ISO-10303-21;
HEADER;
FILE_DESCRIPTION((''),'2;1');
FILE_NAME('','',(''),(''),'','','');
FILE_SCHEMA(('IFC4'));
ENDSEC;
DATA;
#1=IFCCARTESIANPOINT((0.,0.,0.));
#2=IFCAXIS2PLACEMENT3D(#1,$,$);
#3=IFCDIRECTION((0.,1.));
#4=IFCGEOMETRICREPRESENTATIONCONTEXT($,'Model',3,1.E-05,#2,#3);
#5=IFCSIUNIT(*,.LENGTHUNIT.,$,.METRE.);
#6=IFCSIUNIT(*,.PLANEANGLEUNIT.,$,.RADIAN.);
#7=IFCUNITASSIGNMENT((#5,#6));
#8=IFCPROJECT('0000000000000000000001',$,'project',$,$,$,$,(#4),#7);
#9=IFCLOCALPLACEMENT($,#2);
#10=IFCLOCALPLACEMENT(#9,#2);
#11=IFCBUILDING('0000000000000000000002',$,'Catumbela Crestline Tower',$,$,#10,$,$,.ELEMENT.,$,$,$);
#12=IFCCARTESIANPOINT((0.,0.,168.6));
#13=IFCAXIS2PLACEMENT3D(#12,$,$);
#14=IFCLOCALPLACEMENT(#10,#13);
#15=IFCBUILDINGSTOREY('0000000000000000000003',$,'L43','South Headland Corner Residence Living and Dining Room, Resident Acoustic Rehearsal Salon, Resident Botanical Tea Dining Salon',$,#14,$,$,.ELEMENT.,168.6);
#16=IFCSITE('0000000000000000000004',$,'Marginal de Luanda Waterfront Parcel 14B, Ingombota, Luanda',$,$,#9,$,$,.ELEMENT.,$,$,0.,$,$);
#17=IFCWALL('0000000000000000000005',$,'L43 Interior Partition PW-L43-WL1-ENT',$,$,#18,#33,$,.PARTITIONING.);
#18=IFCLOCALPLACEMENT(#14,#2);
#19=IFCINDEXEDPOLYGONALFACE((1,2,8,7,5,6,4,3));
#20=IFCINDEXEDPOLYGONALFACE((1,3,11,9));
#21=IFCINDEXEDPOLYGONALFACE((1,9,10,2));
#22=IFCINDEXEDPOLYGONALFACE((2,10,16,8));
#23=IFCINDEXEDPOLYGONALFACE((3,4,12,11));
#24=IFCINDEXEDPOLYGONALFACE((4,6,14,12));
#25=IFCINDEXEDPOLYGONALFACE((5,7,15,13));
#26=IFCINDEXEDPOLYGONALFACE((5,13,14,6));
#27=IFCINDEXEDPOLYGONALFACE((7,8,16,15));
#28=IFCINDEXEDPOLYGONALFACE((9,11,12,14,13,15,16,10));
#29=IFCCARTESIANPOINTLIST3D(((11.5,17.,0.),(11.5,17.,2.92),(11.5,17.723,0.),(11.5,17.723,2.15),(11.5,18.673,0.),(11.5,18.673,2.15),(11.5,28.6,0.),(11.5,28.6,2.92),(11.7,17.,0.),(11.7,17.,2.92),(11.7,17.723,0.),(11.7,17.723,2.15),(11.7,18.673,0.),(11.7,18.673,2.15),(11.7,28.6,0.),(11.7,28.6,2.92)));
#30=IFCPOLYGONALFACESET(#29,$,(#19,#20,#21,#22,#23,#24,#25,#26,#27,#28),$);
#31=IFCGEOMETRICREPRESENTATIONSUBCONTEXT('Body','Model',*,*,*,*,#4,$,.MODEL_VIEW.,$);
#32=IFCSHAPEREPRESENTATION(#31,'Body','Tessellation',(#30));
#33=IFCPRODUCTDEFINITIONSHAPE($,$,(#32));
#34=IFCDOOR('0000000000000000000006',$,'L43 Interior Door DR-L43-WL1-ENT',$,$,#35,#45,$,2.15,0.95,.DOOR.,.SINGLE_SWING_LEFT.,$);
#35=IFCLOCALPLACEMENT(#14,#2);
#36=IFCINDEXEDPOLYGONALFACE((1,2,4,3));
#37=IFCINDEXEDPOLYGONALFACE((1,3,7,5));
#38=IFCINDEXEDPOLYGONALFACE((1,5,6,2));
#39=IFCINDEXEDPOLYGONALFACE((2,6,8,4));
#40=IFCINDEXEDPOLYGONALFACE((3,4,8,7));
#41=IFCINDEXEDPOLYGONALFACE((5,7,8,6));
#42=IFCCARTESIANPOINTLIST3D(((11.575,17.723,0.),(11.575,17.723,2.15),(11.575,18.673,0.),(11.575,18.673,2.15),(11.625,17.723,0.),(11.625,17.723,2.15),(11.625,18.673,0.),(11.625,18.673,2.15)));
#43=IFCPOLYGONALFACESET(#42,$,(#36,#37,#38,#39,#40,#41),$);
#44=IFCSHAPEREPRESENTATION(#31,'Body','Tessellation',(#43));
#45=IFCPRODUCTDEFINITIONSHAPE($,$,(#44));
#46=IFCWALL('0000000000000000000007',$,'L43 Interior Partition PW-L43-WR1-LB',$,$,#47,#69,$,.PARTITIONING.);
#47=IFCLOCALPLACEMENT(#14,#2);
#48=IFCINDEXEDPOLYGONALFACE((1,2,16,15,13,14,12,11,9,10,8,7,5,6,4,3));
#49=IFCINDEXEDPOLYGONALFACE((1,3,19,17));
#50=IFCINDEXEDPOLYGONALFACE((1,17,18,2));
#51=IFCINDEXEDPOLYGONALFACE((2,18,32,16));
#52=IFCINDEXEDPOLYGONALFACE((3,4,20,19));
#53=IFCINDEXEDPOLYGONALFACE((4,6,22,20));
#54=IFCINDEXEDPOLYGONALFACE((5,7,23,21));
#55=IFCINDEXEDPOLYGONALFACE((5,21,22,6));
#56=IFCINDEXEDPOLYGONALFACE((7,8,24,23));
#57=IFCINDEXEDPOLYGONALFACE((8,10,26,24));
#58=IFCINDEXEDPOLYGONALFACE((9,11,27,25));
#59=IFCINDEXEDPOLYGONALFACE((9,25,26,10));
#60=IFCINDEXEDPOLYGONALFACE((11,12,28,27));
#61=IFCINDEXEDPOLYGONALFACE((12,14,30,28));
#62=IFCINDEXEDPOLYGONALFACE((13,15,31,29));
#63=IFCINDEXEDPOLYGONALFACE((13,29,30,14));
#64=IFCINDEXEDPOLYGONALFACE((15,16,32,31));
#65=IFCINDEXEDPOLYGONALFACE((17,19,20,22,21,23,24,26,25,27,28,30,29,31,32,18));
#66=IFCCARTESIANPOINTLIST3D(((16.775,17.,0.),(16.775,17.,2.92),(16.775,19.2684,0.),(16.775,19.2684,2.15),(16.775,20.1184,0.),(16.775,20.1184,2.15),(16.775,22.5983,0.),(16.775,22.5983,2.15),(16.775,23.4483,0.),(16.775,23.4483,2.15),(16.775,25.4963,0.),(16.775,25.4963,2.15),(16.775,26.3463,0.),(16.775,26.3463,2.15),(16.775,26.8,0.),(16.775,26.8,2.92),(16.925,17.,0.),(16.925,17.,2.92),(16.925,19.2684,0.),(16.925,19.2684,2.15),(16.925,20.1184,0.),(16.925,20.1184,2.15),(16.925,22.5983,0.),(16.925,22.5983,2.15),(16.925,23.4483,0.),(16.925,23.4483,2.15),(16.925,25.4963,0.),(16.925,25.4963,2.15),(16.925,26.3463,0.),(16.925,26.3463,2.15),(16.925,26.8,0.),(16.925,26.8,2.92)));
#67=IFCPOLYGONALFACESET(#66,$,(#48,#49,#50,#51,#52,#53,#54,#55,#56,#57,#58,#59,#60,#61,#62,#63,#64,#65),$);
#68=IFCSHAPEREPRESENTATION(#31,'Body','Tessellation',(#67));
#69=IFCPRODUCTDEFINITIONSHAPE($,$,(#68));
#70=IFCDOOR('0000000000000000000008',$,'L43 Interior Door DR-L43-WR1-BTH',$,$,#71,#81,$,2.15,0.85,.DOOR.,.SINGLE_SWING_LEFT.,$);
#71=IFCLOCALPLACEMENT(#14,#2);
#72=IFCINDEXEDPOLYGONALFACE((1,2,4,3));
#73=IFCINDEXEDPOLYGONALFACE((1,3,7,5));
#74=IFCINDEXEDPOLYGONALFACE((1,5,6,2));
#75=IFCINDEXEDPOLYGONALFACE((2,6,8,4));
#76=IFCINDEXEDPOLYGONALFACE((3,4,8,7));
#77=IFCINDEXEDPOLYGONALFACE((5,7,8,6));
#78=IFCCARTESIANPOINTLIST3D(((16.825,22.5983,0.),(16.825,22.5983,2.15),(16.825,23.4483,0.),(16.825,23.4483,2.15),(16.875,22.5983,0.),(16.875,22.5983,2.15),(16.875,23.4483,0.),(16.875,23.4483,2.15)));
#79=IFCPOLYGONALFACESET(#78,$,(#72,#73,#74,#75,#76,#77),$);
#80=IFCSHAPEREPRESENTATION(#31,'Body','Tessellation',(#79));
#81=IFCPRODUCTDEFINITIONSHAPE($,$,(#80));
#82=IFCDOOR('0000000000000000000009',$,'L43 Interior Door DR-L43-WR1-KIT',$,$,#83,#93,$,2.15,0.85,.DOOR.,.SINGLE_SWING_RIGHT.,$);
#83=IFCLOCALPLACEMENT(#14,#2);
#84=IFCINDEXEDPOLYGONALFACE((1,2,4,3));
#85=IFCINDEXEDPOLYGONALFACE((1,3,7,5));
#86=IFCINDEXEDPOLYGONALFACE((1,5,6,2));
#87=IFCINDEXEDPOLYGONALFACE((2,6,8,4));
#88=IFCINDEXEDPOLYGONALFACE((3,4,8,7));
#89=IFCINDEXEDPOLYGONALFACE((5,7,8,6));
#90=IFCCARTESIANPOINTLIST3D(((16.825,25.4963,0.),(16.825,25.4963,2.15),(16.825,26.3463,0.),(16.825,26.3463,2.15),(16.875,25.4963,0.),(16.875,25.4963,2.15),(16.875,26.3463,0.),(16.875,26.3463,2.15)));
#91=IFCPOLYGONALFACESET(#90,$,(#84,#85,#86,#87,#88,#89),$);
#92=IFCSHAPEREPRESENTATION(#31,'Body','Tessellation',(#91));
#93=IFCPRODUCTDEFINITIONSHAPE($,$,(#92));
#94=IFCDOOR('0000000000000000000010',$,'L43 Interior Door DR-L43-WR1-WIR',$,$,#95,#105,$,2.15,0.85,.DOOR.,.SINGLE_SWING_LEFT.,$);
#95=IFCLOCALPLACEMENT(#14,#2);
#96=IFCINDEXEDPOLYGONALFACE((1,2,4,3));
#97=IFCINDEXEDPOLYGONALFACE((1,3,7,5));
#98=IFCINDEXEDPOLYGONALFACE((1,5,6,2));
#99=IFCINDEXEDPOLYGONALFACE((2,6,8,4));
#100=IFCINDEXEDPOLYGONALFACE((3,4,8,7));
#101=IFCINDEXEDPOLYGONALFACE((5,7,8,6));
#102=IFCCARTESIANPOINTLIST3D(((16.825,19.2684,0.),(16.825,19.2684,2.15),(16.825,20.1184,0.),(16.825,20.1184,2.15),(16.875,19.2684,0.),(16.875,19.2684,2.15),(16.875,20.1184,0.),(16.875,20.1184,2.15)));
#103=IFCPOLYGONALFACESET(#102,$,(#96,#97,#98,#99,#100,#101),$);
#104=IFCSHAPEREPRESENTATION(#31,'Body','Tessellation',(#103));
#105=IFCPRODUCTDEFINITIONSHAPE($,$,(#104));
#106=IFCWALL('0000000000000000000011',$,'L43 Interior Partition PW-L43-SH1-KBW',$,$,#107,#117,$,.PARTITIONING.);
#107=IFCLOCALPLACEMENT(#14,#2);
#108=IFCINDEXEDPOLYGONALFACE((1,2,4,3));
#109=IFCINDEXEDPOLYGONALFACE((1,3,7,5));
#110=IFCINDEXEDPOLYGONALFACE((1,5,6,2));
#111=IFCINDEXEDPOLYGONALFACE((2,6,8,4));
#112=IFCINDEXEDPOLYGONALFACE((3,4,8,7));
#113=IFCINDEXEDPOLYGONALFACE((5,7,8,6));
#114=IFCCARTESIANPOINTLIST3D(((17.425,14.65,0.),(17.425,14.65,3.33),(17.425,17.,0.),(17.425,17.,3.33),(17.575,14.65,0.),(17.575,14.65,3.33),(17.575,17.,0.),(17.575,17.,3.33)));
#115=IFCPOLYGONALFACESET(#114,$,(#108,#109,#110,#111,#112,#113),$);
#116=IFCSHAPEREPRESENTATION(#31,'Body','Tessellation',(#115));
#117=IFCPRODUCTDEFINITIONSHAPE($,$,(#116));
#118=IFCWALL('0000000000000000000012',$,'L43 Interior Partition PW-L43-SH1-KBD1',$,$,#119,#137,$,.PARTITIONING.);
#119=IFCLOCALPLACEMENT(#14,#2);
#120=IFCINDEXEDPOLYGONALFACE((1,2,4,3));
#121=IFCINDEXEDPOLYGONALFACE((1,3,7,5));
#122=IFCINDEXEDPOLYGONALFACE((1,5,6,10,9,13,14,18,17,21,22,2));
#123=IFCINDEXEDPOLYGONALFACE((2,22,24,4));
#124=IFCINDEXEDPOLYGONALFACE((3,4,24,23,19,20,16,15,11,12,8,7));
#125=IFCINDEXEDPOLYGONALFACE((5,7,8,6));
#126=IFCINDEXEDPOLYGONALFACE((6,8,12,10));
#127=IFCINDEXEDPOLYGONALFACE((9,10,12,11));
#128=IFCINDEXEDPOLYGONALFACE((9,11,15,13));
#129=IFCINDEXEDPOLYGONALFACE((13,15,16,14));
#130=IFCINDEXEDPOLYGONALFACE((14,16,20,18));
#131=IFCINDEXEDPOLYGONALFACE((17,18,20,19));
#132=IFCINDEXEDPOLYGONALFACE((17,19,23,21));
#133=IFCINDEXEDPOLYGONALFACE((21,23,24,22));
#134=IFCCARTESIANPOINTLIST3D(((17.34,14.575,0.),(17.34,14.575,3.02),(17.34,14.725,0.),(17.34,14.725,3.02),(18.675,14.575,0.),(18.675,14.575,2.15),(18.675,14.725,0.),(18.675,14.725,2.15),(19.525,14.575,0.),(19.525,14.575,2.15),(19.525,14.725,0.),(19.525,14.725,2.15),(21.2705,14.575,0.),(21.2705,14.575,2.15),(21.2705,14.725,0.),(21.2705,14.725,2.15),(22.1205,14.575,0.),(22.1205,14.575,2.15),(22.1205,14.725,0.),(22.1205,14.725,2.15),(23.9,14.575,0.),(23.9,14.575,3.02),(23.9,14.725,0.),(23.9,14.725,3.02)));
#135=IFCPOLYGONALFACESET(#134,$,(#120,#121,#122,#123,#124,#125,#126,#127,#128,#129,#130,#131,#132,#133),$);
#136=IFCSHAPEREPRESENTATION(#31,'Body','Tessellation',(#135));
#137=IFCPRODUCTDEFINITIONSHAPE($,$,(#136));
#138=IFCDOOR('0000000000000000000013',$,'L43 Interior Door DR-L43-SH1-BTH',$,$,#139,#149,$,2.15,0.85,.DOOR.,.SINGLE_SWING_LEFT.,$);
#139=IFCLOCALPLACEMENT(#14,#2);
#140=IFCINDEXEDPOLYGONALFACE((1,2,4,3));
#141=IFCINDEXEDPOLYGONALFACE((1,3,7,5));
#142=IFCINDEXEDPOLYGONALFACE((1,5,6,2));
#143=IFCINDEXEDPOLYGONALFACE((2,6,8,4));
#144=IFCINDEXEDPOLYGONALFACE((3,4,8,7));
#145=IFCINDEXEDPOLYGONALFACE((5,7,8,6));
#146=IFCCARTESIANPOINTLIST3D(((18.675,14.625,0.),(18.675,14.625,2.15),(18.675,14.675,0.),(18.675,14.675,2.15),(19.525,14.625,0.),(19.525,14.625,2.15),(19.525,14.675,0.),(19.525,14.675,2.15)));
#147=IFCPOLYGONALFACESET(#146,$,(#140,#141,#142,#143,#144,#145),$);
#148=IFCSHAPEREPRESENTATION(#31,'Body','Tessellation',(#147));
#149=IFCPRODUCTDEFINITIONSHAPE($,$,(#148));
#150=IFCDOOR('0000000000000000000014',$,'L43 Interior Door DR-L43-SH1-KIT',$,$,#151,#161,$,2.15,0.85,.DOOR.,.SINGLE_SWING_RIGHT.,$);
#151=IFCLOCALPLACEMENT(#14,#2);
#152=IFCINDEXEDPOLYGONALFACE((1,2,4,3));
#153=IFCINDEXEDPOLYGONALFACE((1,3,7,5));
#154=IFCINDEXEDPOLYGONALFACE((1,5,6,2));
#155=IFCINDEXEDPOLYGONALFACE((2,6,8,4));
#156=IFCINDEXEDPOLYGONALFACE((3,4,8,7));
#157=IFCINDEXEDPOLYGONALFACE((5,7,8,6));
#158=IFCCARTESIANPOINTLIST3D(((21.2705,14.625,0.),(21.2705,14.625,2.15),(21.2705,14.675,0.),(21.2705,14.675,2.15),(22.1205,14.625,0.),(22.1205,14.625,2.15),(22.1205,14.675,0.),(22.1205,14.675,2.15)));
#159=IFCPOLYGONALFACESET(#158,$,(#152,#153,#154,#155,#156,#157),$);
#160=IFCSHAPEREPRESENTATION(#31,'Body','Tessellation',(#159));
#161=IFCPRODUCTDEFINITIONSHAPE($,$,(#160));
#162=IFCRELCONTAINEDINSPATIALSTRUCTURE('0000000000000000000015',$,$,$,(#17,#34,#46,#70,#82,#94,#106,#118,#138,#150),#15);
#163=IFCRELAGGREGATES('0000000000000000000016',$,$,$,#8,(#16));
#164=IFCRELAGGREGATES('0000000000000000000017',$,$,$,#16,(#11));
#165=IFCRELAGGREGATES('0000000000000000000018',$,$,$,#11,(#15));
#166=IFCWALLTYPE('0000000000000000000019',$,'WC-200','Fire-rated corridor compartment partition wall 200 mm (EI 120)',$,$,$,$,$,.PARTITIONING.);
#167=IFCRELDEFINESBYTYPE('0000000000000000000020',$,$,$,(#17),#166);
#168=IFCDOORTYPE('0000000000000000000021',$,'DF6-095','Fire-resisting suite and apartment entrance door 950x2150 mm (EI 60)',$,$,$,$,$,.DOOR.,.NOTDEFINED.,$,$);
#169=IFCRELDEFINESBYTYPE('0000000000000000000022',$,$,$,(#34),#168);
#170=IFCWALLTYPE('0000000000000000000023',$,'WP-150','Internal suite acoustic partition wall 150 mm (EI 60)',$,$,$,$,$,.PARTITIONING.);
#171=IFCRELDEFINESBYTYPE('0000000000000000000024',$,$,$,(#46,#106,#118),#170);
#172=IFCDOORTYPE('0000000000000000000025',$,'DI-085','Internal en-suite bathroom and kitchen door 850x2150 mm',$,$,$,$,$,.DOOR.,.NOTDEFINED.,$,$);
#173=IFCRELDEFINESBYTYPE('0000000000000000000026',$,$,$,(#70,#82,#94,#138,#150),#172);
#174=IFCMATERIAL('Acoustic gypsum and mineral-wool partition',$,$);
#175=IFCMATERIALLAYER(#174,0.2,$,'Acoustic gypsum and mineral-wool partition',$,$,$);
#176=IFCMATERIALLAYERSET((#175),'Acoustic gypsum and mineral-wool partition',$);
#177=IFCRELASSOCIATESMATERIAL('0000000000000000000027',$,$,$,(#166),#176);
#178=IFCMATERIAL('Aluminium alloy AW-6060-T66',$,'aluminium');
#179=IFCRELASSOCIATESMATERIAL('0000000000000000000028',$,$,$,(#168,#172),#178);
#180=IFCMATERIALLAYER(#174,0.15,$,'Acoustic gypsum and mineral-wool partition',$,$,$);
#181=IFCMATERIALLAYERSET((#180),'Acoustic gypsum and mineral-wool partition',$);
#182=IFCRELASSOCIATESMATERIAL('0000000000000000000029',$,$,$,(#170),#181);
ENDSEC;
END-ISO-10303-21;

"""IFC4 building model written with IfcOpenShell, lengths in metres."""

from ifc_helpers import new_model, si_unit, direction, frame, frame_2d, origin, place, context, subcontext, project, spatial, rectangle, extrude, material, layer, layer_set, type_object, element, fill, save


model = new_model("IFC4")

# Units and contexts
model_context = context("Model", 3, precision=1e-05, world=origin(), true_north=direction((0.0, 1.0)))
body_context = subcontext(model_context, "Body", "Model", "MODEL_VIEW")
ifc_project = project(units=[si_unit("LENGTHUNIT", "METRE"), si_unit("PLANEANGLEUNIT", "RADIAN")], contexts=[model_context])

# Site, building, storey
site_placement = place(None, origin())
site = spatial("IfcSite", under=ifc_project, at=site_placement, Name="Marginal de Luanda Waterfront Parcel 14B, Ingombota, Luanda", CompositionType="ELEMENT", RefElevation=0.0)
building_placement = place(site_placement, origin())
building = spatial("IfcBuilding", under=site, at=building_placement, Name="Catumbela Crestline Tower", CompositionType="ELEMENT")
storey_placement = place(building_placement, frame((0.0, 0.0, 168.6)))
storey = spatial("IfcBuildingStorey", under=building, at=storey_placement, Name="L43", Description="South Headland Corner Residence Living and Dining Room, Resident Acoustic Rehearsal Salon, Resident Botanical Tea Dining Salon", CompositionType="ELEMENT", Elevation=168.6)

# Shared definitions
ifc_material_1 = material(Name="Acoustic gypsum and mineral-wool partition")
ifc_layer_1 = layer(ifc_material_1, 0.2, Name="Acoustic gypsum and mineral-wool partition")
ifc_layer_set_1 = layer_set([ifc_layer_1], Name="Acoustic gypsum and mineral-wool partition")
wall_type_1 = type_object("IfcWallType", Name="WC-200", Description="Fire-rated corridor compartment partition wall 200 mm (EI 120)", PredefinedType="PARTITIONING", material=ifc_layer_set_1)
ifc_material_2 = material(Name="Aluminium alloy AW-6060-T66", Category="aluminium")
door_type_1 = type_object("IfcDoorType", Name="DF6-095", Description="Fire-resisting suite and apartment entrance door 950x2150 mm (EI 60)", OperationType="NOTDEFINED", PredefinedType="DOOR", material=ifc_material_2)

# Wall, opening, door
wall_1_placement = place(storey_placement, frame((11.6, 17.0, 0.0), z_axis=(0.0, 0.0, 1.0), x_axis=(0.0, 1.0, 0.0)))
wall_1 = element("IfcWall", 1, at=wall_1_placement, inside=storey, type_object=wall_type_1, Name="L43 Interior Partition PW-L43-WL1-ENT", PredefinedType="PARTITIONING", context=body_context, shape_type="SweptSolid", body=[
    extrude(rectangle(XDim=11.6, YDim=0.2, at=frame_2d((5.8, 0.0))), origin(), (0.0, 0.0, 1.0), 2.92),
])
opening_1_placement = place(wall_1_placement, frame((0.723, 0.0, 0.0)))
opening_1 = element("IfcOpeningElement", 2, at=opening_1_placement, cuts=wall_1, PredefinedType="OPENING", context=body_context, shape_type="SweptSolid", body=[
    extrude(rectangle(XDim=0.95, YDim=2.15, at=frame_2d((0.475, 1.075))), frame((0.0, 0.11, 0.0), z_axis=(0.0, -1.0, 0.0), x_axis=(1.0, 0.0, 0.0)), (0.0, 0.0, 1.0), 0.22),
])
door_1_placement = place(opening_1_placement, origin())
door_1 = element("IfcDoor", 3, at=door_1_placement, inside=storey, type_object=door_type_1, Name="L43 Interior Door DR-L43-WL1-ENT", OperationType="SINGLE_SWING_LEFT", OverallHeight=2.15, OverallWidth=0.95, PredefinedType="DOOR", context=body_context, shape_type="SweptSolid", body=[
    extrude(rectangle(XDim=0.95, YDim=2.15, at=frame_2d((0.475, 1.075))), frame((0.0, 0.025, 0.0), z_axis=(0.0, -1.0, 0.0), x_axis=(1.0, 0.0, 0.0)), (0.0, 0.0, 1.0), 0.05),
])
fill(opening_1, door_1)

# Wall, openings, doors
ifc_layer_2 = layer(ifc_material_1, 0.15, Name="Acoustic gypsum and mineral-wool partition")
ifc_layer_set_2 = layer_set([ifc_layer_2], Name="Acoustic gypsum and mineral-wool partition")
wall_type_2 = type_object("IfcWallType", Name="WP-150", Description="Internal suite acoustic partition wall 150 mm (EI 60)", PredefinedType="PARTITIONING", material=ifc_layer_set_2)
wall_2_placement = place(storey_placement, frame((16.85, 17.0, 0.0), z_axis=(0.0, 0.0, 1.0), x_axis=(0.0, 1.0, 0.0)))
wall_2 = element("IfcWall", 4, at=wall_2_placement, inside=storey, type_object=wall_type_2, Name="L43 Interior Partition PW-L43-WR1-LB", PredefinedType="PARTITIONING", context=body_context, shape_type="SweptSolid", body=[
    extrude(rectangle(XDim=9.8, YDim=0.15, at=frame_2d((4.9, 0.0))), origin(), (0.0, 0.0, 1.0), 2.92),
])
opening_2_placement = place(wall_2_placement, frame((5.5983, 0.0, 0.0)))
opening_2 = element("IfcOpeningElement", 5, at=opening_2_placement, cuts=wall_2, PredefinedType="OPENING", context=body_context, shape_type="SweptSolid", body=[
    extrude(rectangle(XDim=0.85, YDim=2.15, at=frame_2d((0.425, 1.075))), frame((0.0, 0.085, 0.0), z_axis=(0.0, -1.0, 0.0), x_axis=(1.0, 0.0, 0.0)), (0.0, 0.0, 1.0), 0.17),
])
opening_3_placement = place(wall_2_placement, frame((8.4963, 0.0, 0.0)))
opening_3 = element("IfcOpeningElement", 6, at=opening_3_placement, cuts=wall_2, PredefinedType="OPENING", context=body_context, shape_type="SweptSolid", body=[
    extrude(rectangle(XDim=0.85, YDim=2.15, at=frame_2d((0.425, 1.075))), frame((0.0, 0.085, 0.0), z_axis=(0.0, -1.0, 0.0), x_axis=(1.0, 0.0, 0.0)), (0.0, 0.0, 1.0), 0.17),
])
opening_4_placement = place(wall_2_placement, frame((2.2684, 0.0, 0.0)))
opening_4 = element("IfcOpeningElement", 7, at=opening_4_placement, cuts=wall_2, PredefinedType="OPENING", context=body_context, shape_type="SweptSolid", body=[
    extrude(rectangle(XDim=0.85, YDim=2.15, at=frame_2d((0.425, 1.075))), frame((0.0, 0.085, 0.0), z_axis=(0.0, -1.0, 0.0), x_axis=(1.0, 0.0, 0.0)), (0.0, 0.0, 1.0), 0.17),
])
door_type_2 = type_object("IfcDoorType", Name="DI-085", Description="Internal en-suite bathroom and kitchen door 850x2150 mm", OperationType="NOTDEFINED", PredefinedType="DOOR", material=ifc_material_2)
door_2_placement = place(opening_2_placement, origin())
door_2 = element("IfcDoor", 8, at=door_2_placement, inside=storey, type_object=door_type_2, Name="L43 Interior Door DR-L43-WR1-BTH", OperationType="SINGLE_SWING_LEFT", OverallHeight=2.15, OverallWidth=0.85, PredefinedType="DOOR", context=body_context, shape_type="SweptSolid", body=[
    extrude(rectangle(XDim=0.85, YDim=2.15, at=frame_2d((0.425, 1.075))), frame((0.0, 0.025, 0.0), z_axis=(0.0, -1.0, 0.0), x_axis=(1.0, 0.0, 0.0)), (0.0, 0.0, 1.0), 0.05),
])
fill(opening_2, door_2)
door_3_placement = place(opening_3_placement, origin())
door_3 = element("IfcDoor", 9, at=door_3_placement, inside=storey, type_object=door_type_2, Name="L43 Interior Door DR-L43-WR1-KIT", OperationType="SINGLE_SWING_RIGHT", OverallHeight=2.15, OverallWidth=0.85, PredefinedType="DOOR", context=body_context, shape_type="SweptSolid", body=[
    extrude(rectangle(XDim=0.85, YDim=2.15, at=frame_2d((0.425, 1.075))), frame((0.0, 0.025, 0.0), z_axis=(0.0, -1.0, 0.0), x_axis=(1.0, 0.0, 0.0)), (0.0, 0.0, 1.0), 0.05),
])
fill(opening_3, door_3)
door_4_placement = place(opening_4_placement, origin())
door_4 = element("IfcDoor", 10, at=door_4_placement, inside=storey, type_object=door_type_2, Name="L43 Interior Door DR-L43-WR1-WIR", OperationType="SINGLE_SWING_LEFT", OverallHeight=2.15, OverallWidth=0.85, PredefinedType="DOOR", context=body_context, shape_type="SweptSolid", body=[
    extrude(rectangle(XDim=0.85, YDim=2.15, at=frame_2d((0.425, 1.075))), frame((0.0, 0.025, 0.0), z_axis=(0.0, -1.0, 0.0), x_axis=(1.0, 0.0, 0.0)), (0.0, 0.0, 1.0), 0.05),
])
fill(opening_4, door_4)

# Wall
wall_3_placement = place(storey_placement, frame((17.5, 14.65, 0.0), z_axis=(0.0, 0.0, 1.0), x_axis=(0.0, 1.0, 0.0)))
element("IfcWall", 11, at=wall_3_placement, inside=storey, type_object=wall_type_2, Name="L43 Interior Partition PW-L43-SH1-KBW", PredefinedType="PARTITIONING", context=body_context, shape_type="SweptSolid", body=[
    extrude(rectangle(XDim=2.35, YDim=0.15, at=frame_2d((1.175, 0.0))), origin(), (0.0, 0.0, 1.0), 3.33),
])

# Wall, openings, doors
wall_4_placement = place(storey_placement, frame((17.34, 14.65, 0.0), z_axis=(0.0, 0.0, 1.0), x_axis=(1.0, 0.0, 0.0)))
wall_4 = element("IfcWall", 12, at=wall_4_placement, inside=storey, type_object=wall_type_2, Name="L43 Interior Partition PW-L43-SH1-KBD1", PredefinedType="PARTITIONING", context=body_context, shape_type="SweptSolid", body=[
    extrude(rectangle(XDim=6.56, YDim=0.15, at=frame_2d((3.28, 0.0))), origin(), (0.0, 0.0, 1.0), 3.02),
])
opening_5_placement = place(wall_4_placement, frame((1.335, 0.0, 0.0)))
opening_5 = element("IfcOpeningElement", 13, at=opening_5_placement, cuts=wall_4, PredefinedType="OPENING", context=body_context, shape_type="SweptSolid", body=[
    extrude(rectangle(XDim=0.85, YDim=2.15, at=frame_2d((0.425, 1.075))), frame((0.0, 0.085, 0.0), z_axis=(0.0, -1.0, 0.0), x_axis=(1.0, 0.0, 0.0)), (0.0, 0.0, 1.0), 0.17),
])
opening_6_placement = place(wall_4_placement, frame((3.9305, 0.0, 0.0)))
opening_6 = element("IfcOpeningElement", 14, at=opening_6_placement, cuts=wall_4, PredefinedType="OPENING", context=body_context, shape_type="SweptSolid", body=[
    extrude(rectangle(XDim=0.85, YDim=2.15, at=frame_2d((0.425, 1.075))), frame((0.0, 0.085, 0.0), z_axis=(0.0, -1.0, 0.0), x_axis=(1.0, 0.0, 0.0)), (0.0, 0.0, 1.0), 0.17),
])
door_5_placement = place(opening_5_placement, origin())
door_5 = element("IfcDoor", 15, at=door_5_placement, inside=storey, type_object=door_type_2, Name="L43 Interior Door DR-L43-SH1-BTH", OperationType="SINGLE_SWING_LEFT", OverallHeight=2.15, OverallWidth=0.85, PredefinedType="DOOR", context=body_context, shape_type="SweptSolid", body=[
    extrude(rectangle(XDim=0.85, YDim=2.15, at=frame_2d((0.425, 1.075))), frame((0.0, 0.025, 0.0), z_axis=(0.0, -1.0, 0.0), x_axis=(1.0, 0.0, 0.0)), (0.0, 0.0, 1.0), 0.05),
])
fill(opening_5, door_5)
door_6_placement = place(opening_6_placement, origin())
door_6 = element("IfcDoor", 16, at=door_6_placement, inside=storey, type_object=door_type_2, Name="L43 Interior Door DR-L43-SH1-KIT", OperationType="SINGLE_SWING_RIGHT", OverallHeight=2.15, OverallWidth=0.85, PredefinedType="DOOR", context=body_context, shape_type="SweptSolid", body=[
    extrude(rectangle(XDim=0.85, YDim=2.15, at=frame_2d((0.425, 1.075))), frame((0.0, 0.025, 0.0), z_axis=(0.0, -1.0, 0.0), x_axis=(1.0, 0.0, 0.0)), (0.0, 0.0, 1.0), 0.05),
])
fill(opening_6, door_6)

save(model, "model.ifc")
